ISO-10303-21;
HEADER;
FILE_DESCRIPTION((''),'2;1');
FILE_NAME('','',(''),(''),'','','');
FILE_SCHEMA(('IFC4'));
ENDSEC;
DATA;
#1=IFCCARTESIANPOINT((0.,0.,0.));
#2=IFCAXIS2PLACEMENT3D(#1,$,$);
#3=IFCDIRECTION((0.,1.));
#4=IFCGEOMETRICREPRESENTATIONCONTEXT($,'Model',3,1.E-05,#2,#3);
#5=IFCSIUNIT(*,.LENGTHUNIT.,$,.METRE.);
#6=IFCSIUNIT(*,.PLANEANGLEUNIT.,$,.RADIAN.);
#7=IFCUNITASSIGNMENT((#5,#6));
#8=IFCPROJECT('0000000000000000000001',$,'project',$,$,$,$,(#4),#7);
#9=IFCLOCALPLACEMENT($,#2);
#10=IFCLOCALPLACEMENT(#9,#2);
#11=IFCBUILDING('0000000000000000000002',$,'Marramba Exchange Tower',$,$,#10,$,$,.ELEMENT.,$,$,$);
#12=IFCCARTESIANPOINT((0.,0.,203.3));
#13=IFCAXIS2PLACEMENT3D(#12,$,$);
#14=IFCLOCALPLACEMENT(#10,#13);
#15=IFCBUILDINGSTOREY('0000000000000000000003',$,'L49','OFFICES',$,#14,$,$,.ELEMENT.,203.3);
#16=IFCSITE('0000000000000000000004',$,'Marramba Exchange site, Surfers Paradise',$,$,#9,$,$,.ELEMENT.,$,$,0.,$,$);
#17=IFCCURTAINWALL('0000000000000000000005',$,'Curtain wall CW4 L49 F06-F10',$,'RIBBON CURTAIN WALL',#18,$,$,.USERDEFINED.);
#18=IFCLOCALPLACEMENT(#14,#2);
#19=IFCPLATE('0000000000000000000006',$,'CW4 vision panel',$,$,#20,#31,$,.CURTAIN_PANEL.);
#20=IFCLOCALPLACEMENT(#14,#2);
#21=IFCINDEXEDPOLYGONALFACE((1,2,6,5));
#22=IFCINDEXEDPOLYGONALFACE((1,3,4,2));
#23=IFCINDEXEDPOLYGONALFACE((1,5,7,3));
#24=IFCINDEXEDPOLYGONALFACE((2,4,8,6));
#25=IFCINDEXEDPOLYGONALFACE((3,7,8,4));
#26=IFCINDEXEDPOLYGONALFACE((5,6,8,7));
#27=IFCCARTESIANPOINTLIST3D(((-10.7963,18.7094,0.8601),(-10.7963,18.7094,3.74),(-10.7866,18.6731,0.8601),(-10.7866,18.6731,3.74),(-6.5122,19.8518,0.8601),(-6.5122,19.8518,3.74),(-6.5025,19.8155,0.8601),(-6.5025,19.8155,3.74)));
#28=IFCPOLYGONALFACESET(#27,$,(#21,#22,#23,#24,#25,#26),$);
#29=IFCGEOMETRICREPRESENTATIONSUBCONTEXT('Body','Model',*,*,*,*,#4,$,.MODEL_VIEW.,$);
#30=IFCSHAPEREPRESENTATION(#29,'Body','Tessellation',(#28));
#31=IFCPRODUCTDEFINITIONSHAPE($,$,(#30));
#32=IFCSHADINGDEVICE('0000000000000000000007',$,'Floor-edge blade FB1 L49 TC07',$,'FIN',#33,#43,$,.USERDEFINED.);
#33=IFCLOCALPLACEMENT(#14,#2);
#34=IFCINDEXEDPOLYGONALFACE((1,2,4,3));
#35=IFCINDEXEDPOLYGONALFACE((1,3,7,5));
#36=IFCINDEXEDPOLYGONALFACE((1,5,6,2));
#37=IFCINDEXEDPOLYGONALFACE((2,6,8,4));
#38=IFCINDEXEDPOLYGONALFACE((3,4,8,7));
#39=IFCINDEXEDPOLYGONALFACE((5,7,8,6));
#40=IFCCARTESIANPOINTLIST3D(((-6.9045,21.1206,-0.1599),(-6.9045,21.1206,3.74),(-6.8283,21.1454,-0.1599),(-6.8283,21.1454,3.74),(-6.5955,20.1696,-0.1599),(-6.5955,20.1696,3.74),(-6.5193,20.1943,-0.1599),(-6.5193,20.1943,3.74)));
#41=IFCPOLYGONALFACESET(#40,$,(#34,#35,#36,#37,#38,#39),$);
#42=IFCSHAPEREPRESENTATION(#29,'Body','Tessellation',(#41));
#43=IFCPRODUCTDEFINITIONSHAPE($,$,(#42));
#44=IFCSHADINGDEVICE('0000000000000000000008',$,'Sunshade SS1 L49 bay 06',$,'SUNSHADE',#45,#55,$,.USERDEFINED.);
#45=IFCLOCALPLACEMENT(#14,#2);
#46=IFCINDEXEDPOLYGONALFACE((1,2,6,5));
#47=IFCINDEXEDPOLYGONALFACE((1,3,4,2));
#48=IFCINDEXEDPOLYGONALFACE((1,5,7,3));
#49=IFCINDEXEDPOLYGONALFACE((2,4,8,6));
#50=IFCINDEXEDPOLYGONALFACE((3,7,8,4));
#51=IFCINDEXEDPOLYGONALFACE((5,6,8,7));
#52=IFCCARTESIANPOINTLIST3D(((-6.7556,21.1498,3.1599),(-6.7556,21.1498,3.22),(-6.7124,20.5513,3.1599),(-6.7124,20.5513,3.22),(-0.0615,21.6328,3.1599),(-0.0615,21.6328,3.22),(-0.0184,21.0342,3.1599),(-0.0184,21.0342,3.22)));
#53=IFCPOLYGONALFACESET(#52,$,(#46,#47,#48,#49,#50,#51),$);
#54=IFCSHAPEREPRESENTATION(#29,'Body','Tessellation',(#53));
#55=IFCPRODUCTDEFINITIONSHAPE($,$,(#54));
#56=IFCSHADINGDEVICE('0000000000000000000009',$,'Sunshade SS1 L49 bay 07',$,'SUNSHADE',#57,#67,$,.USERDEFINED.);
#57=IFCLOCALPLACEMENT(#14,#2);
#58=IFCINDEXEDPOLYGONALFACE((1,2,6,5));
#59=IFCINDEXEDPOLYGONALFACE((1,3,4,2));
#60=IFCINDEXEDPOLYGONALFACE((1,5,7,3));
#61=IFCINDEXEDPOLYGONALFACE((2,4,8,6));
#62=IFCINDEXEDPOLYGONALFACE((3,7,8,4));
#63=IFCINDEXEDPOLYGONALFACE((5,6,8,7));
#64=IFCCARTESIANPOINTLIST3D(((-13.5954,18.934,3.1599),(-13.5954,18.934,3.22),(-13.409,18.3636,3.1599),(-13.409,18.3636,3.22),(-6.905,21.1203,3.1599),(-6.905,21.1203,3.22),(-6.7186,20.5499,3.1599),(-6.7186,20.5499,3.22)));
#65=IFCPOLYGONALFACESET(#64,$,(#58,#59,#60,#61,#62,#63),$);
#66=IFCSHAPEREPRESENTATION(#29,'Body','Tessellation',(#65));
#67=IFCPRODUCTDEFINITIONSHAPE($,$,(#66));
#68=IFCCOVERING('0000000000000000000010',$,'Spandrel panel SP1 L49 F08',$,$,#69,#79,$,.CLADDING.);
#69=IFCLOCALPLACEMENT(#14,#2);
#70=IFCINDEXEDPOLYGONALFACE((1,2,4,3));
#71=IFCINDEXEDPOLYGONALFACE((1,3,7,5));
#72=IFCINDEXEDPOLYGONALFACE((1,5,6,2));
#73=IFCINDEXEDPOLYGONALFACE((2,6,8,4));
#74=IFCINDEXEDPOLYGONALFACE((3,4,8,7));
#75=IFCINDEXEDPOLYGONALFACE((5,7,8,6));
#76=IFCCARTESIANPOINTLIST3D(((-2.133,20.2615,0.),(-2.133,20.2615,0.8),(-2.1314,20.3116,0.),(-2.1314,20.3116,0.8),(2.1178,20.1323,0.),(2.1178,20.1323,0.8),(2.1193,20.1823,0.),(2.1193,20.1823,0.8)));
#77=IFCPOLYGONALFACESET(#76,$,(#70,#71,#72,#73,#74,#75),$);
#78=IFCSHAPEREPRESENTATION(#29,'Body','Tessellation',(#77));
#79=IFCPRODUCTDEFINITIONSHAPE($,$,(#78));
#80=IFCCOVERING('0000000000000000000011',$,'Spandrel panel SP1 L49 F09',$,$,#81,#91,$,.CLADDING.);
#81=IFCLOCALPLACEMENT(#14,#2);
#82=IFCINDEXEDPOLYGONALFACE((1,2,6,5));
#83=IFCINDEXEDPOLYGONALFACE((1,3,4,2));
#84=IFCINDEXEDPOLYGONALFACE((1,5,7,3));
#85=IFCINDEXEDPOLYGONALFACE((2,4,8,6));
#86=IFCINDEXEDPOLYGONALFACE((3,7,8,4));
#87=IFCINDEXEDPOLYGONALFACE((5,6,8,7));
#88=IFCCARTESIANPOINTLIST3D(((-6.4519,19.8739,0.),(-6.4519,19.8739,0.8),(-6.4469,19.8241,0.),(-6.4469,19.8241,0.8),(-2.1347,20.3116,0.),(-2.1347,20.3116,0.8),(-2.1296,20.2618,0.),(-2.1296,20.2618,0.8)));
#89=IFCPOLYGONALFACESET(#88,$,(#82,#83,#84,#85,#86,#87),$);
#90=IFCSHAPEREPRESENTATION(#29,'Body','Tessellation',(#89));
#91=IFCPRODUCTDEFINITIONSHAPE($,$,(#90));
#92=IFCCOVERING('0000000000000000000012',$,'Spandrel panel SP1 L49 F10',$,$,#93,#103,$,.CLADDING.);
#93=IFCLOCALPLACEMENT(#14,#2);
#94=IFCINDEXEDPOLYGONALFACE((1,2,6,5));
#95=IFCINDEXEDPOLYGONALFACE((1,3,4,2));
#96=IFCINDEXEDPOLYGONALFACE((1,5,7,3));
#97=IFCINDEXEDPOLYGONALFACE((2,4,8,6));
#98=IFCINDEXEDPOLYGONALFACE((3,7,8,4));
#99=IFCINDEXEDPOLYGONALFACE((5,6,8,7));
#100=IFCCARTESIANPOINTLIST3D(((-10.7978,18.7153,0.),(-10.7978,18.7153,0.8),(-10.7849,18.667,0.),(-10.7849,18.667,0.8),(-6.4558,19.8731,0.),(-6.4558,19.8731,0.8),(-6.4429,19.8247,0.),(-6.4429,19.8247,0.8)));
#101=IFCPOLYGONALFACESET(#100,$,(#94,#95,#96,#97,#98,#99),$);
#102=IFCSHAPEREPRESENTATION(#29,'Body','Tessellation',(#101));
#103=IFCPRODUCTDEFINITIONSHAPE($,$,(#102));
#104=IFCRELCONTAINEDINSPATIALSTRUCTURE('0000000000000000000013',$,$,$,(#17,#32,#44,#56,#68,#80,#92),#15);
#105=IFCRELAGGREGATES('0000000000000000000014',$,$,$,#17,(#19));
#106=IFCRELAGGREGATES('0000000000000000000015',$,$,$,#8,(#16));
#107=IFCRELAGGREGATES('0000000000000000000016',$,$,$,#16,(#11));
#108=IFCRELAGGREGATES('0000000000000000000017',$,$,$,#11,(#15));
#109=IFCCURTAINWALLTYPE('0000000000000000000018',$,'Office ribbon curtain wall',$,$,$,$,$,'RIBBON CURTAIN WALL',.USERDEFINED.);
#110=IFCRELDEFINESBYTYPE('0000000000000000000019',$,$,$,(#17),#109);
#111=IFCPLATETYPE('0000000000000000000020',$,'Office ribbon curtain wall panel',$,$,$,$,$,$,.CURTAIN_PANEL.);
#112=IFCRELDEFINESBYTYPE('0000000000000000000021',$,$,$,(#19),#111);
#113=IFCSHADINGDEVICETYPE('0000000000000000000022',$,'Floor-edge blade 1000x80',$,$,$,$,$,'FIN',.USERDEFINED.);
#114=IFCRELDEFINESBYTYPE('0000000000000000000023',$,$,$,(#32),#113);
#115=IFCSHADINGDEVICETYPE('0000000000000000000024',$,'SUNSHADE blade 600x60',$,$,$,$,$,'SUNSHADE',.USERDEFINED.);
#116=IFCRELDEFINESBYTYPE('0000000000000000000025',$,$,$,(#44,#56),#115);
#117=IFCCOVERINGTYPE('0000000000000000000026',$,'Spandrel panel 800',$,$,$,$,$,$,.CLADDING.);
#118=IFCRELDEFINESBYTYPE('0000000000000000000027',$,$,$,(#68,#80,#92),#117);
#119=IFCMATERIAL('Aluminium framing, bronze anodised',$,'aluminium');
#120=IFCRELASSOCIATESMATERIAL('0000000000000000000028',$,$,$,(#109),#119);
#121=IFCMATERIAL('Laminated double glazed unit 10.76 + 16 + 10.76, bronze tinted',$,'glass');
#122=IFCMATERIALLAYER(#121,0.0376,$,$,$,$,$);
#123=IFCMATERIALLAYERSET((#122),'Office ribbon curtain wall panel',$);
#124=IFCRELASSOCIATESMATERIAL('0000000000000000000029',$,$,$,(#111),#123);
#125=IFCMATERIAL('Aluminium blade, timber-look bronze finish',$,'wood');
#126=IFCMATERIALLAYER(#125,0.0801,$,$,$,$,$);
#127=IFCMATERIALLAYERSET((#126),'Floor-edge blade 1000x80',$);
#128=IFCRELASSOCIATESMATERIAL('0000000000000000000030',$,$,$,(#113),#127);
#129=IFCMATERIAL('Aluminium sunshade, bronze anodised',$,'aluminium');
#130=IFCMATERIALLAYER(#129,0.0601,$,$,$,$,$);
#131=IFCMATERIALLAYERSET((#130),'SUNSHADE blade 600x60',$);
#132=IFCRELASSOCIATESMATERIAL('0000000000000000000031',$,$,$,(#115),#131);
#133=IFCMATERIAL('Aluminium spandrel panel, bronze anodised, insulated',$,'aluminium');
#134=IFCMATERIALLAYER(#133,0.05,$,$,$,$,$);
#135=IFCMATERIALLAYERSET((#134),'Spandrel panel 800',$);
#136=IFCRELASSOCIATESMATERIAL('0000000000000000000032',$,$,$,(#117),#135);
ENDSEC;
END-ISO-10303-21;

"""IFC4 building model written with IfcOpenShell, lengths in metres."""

from ifc_helpers import new_model, si_unit, direction, frame, origin, origin_2d, place, context, subcontext, project, spatial, rectangle, extrude, material, layer, layer_set, type_object, element, aggregate, save


model = new_model("IFC4")

# Units and contexts
model_context = context("Model", 3, precision=1e-05, world=origin(), true_north=direction((0.0, 1.0)))
body_context = subcontext(model_context, "Body", "Model", "MODEL_VIEW")
ifc_project = project(units=[si_unit("LENGTHUNIT", "METRE"), si_unit("PLANEANGLEUNIT", "RADIAN")], contexts=[model_context])

# Site, building, storey
site_placement = place(None, origin())
site = spatial("IfcSite", under=ifc_project, at=site_placement, Name="Marramba Exchange site, Surfers Paradise", CompositionType="ELEMENT", RefElevation=0.0)
building_placement = place(site_placement, origin())
building = spatial("IfcBuilding", under=site, at=building_placement, Name="Marramba Exchange Tower", CompositionType="ELEMENT")
storey_placement = place(building_placement, frame((0.0, 0.0, 203.3)))
storey = spatial("IfcBuildingStorey", under=building, at=storey_placement, Name="L49", Description="OFFICES", CompositionType="ELEMENT", Elevation=203.3)

# Curtain wall
ifc_material_1 = material(Name="Aluminium framing, bronze anodised", Category="aluminium")
curtain_wall_type = type_object("IfcCurtainWallType", Name="Office ribbon curtain wall", ElementType="RIBBON CURTAIN WALL", PredefinedType="USERDEFINED", material=ifc_material_1)
curtain_wall_1_placement = place(storey_placement, origin())
curtain_wall_1 = element("IfcCurtainWall", 1, at=curtain_wall_1_placement, inside=storey, type_object=curtain_wall_type, Name="Curtain wall CW4 L49 F06-F10", ObjectType="RIBBON CURTAIN WALL", PredefinedType="USERDEFINED")

# Plate
ifc_material_2 = material(Name="Laminated double glazed unit 10.76 + 16 + 10.76, bronze tinted", Category="glass")
ifc_layer_1 = layer(ifc_material_2, 0.0376)
ifc_layer_set_1 = layer_set([ifc_layer_1], Name="Office ribbon curtain wall panel")
plate_type = type_object("IfcPlateType", Name="Office ribbon curtain wall panel", PredefinedType="CURTAIN_PANEL", material=ifc_layer_set_1)
plate_1_placement = place(storey_placement, frame((-8.6494, 19.2625, 0.8601), z_axis=(0.0, 0.0, 1.0), x_axis=(-0.966241, -0.257641, 0.0)))
plate_1 = element("IfcPlate", 2, at=plate_1_placement, type_object=plate_type, Name="CW4 vision panel", PredefinedType="CURTAIN_PANEL", context=body_context, shape_type="SweptSolid", body=[
    extrude(rectangle(XDim=4.4338, YDim=0.0376, at=origin_2d()), origin(), (0.0, 0.0, 1.0), 2.8799),
])
aggregate(curtain_wall_1, [plate_1])

# Shading devices
ifc_material_3 = material(Name="Aluminium blade, timber-look bronze finish", Category="wood")
ifc_layer_2 = layer(ifc_material_3, 0.0801)
ifc_layer_set_2 = layer_set([ifc_layer_2], Name="Floor-edge blade 1000x80")
shading_device_type_1 = type_object("IfcShadingDeviceType", Name="Floor-edge blade 1000x80", ElementType="FIN", PredefinedType="USERDEFINED", material=ifc_layer_set_2)
shading_device_1_placement = place(storey_placement, frame((-6.7119, 20.6575, -0.1599), z_axis=(0.0, 0.0, 1.0), x_axis=(-0.309017, 0.951057, 0.0)))
element("IfcShadingDevice", 3, at=shading_device_1_placement, inside=storey, type_object=shading_device_type_1, Name="Floor-edge blade FB1 L49 TC07", ObjectType="FIN", PredefinedType="USERDEFINED", context=body_context, shape_type="SweptSolid", body=[
    extrude(rectangle(XDim=1.0, YDim=0.0801, at=origin_2d()), origin(), (0.0, 0.0, 1.0), 3.8999),
])
ifc_material_4 = material(Name="Aluminium sunshade, bronze anodised", Category="aluminium")
ifc_layer_3 = layer(ifc_material_4, 0.0601)
ifc_layer_set_3 = layer_set([ifc_layer_3], Name="SUNSHADE blade 600x60")
shading_device_type_2 = type_object("IfcShadingDeviceType", Name="SUNSHADE blade 600x60", ElementType="SUNSHADE", PredefinedType="USERDEFINED", material=ifc_layer_set_3)
shading_device_2_placement = place(storey_placement, frame((-3.387, 21.092, 3.1599), z_axis=(0.0, 0.0, 1.0), x_axis=(-0.997408, -0.071958, 0.0)))
element("IfcShadingDevice", 4, at=shading_device_2_placement, inside=storey, type_object=shading_device_type_2, Name="Sunshade SS1 L49 bay 06", ObjectType="SUNSHADE", PredefinedType="USERDEFINED", context=body_context, shape_type="SweptSolid", body=[
    extrude(rectangle(XDim=6.7114, YDim=0.6001, at=origin_2d()), origin(), (0.0, 0.0, 1.0), 0.0601),
])
shading_device_3_placement = place(storey_placement, frame((-10.157, 19.7419, 3.1599), z_axis=(0.0, 0.0, 1.0), x_axis=(-0.950538, -0.31061, 0.0)))
element("IfcShadingDevice", 5, at=shading_device_3_placement, inside=storey, type_object=shading_device_type_2, Name="Sunshade SS1 L49 bay 07", ObjectType="SUNSHADE", PredefinedType="USERDEFINED", context=body_context, shape_type="SweptSolid", body=[
    extrude(rectangle(XDim=7.0386, YDim=0.6001, at=origin_2d()), origin(), (0.0, 0.0, 1.0), 0.0601),
])

# Coverings
ifc_material_5 = material(Name="Aluminium spandrel panel, bronze anodised, insulated", Category="aluminium")
ifc_layer_4 = layer(ifc_material_5, 0.05)
ifc_layer_set_4 = layer_set([ifc_layer_4], Name="Spandrel panel 800")
covering_type = type_object("IfcCoveringType", Name="Spandrel panel 800", PredefinedType="CLADDING", material=ifc_layer_set_4)
covering_1_placement = place(storey_placement, frame((-0.0068, 20.2219, 0.0), z_axis=(0.0, 0.0, 1.0), x_axis=(-0.999538, 0.030394, 0.0)))
element("IfcCovering", 6, at=covering_1_placement, inside=storey, type_object=covering_type, Name="Spandrel panel SP1 L49 F08", PredefinedType="CLADDING", context=body_context, shape_type="SweptSolid", body=[
    extrude(rectangle(XDim=4.2527, YDim=0.05, at=origin_2d()), origin(), (0.0, 0.0, 1.0), 0.8),
])
covering_2_placement = place(storey_placement, frame((-4.2908, 20.0679, 0.0), z_axis=(0.0, 0.0, 1.0), x_axis=(-0.9949, -0.100863, 0.0)))
element("IfcCovering", 7, at=covering_2_placement, inside=storey, type_object=covering_type, Name="Spandrel panel SP1 L49 F09", PredefinedType="CLADDING", context=body_context, shape_type="SweptSolid", body=[
    extrude(rectangle(XDim=4.3394, YDim=0.05, at=origin_2d()), origin(), (0.0, 0.0, 1.0), 0.8),
])
covering_3_placement = place(storey_placement, frame((-8.6204, 19.27, 0.0), z_axis=(0.0, 0.0, 1.0), x_axis=(-0.966241, -0.257641, 0.0)))
element("IfcCovering", 8, at=covering_3_placement, inside=storey, type_object=covering_type, Name="Spandrel panel SP1 L49 F10", PredefinedType="CLADDING", context=body_context, shape_type="SweptSolid", body=[
    extrude(rectangle(XDim=4.4937, YDim=0.05, at=origin_2d()), origin(), (0.0, 0.0, 1.0), 0.8),
])

save(model, "model.ifc")
